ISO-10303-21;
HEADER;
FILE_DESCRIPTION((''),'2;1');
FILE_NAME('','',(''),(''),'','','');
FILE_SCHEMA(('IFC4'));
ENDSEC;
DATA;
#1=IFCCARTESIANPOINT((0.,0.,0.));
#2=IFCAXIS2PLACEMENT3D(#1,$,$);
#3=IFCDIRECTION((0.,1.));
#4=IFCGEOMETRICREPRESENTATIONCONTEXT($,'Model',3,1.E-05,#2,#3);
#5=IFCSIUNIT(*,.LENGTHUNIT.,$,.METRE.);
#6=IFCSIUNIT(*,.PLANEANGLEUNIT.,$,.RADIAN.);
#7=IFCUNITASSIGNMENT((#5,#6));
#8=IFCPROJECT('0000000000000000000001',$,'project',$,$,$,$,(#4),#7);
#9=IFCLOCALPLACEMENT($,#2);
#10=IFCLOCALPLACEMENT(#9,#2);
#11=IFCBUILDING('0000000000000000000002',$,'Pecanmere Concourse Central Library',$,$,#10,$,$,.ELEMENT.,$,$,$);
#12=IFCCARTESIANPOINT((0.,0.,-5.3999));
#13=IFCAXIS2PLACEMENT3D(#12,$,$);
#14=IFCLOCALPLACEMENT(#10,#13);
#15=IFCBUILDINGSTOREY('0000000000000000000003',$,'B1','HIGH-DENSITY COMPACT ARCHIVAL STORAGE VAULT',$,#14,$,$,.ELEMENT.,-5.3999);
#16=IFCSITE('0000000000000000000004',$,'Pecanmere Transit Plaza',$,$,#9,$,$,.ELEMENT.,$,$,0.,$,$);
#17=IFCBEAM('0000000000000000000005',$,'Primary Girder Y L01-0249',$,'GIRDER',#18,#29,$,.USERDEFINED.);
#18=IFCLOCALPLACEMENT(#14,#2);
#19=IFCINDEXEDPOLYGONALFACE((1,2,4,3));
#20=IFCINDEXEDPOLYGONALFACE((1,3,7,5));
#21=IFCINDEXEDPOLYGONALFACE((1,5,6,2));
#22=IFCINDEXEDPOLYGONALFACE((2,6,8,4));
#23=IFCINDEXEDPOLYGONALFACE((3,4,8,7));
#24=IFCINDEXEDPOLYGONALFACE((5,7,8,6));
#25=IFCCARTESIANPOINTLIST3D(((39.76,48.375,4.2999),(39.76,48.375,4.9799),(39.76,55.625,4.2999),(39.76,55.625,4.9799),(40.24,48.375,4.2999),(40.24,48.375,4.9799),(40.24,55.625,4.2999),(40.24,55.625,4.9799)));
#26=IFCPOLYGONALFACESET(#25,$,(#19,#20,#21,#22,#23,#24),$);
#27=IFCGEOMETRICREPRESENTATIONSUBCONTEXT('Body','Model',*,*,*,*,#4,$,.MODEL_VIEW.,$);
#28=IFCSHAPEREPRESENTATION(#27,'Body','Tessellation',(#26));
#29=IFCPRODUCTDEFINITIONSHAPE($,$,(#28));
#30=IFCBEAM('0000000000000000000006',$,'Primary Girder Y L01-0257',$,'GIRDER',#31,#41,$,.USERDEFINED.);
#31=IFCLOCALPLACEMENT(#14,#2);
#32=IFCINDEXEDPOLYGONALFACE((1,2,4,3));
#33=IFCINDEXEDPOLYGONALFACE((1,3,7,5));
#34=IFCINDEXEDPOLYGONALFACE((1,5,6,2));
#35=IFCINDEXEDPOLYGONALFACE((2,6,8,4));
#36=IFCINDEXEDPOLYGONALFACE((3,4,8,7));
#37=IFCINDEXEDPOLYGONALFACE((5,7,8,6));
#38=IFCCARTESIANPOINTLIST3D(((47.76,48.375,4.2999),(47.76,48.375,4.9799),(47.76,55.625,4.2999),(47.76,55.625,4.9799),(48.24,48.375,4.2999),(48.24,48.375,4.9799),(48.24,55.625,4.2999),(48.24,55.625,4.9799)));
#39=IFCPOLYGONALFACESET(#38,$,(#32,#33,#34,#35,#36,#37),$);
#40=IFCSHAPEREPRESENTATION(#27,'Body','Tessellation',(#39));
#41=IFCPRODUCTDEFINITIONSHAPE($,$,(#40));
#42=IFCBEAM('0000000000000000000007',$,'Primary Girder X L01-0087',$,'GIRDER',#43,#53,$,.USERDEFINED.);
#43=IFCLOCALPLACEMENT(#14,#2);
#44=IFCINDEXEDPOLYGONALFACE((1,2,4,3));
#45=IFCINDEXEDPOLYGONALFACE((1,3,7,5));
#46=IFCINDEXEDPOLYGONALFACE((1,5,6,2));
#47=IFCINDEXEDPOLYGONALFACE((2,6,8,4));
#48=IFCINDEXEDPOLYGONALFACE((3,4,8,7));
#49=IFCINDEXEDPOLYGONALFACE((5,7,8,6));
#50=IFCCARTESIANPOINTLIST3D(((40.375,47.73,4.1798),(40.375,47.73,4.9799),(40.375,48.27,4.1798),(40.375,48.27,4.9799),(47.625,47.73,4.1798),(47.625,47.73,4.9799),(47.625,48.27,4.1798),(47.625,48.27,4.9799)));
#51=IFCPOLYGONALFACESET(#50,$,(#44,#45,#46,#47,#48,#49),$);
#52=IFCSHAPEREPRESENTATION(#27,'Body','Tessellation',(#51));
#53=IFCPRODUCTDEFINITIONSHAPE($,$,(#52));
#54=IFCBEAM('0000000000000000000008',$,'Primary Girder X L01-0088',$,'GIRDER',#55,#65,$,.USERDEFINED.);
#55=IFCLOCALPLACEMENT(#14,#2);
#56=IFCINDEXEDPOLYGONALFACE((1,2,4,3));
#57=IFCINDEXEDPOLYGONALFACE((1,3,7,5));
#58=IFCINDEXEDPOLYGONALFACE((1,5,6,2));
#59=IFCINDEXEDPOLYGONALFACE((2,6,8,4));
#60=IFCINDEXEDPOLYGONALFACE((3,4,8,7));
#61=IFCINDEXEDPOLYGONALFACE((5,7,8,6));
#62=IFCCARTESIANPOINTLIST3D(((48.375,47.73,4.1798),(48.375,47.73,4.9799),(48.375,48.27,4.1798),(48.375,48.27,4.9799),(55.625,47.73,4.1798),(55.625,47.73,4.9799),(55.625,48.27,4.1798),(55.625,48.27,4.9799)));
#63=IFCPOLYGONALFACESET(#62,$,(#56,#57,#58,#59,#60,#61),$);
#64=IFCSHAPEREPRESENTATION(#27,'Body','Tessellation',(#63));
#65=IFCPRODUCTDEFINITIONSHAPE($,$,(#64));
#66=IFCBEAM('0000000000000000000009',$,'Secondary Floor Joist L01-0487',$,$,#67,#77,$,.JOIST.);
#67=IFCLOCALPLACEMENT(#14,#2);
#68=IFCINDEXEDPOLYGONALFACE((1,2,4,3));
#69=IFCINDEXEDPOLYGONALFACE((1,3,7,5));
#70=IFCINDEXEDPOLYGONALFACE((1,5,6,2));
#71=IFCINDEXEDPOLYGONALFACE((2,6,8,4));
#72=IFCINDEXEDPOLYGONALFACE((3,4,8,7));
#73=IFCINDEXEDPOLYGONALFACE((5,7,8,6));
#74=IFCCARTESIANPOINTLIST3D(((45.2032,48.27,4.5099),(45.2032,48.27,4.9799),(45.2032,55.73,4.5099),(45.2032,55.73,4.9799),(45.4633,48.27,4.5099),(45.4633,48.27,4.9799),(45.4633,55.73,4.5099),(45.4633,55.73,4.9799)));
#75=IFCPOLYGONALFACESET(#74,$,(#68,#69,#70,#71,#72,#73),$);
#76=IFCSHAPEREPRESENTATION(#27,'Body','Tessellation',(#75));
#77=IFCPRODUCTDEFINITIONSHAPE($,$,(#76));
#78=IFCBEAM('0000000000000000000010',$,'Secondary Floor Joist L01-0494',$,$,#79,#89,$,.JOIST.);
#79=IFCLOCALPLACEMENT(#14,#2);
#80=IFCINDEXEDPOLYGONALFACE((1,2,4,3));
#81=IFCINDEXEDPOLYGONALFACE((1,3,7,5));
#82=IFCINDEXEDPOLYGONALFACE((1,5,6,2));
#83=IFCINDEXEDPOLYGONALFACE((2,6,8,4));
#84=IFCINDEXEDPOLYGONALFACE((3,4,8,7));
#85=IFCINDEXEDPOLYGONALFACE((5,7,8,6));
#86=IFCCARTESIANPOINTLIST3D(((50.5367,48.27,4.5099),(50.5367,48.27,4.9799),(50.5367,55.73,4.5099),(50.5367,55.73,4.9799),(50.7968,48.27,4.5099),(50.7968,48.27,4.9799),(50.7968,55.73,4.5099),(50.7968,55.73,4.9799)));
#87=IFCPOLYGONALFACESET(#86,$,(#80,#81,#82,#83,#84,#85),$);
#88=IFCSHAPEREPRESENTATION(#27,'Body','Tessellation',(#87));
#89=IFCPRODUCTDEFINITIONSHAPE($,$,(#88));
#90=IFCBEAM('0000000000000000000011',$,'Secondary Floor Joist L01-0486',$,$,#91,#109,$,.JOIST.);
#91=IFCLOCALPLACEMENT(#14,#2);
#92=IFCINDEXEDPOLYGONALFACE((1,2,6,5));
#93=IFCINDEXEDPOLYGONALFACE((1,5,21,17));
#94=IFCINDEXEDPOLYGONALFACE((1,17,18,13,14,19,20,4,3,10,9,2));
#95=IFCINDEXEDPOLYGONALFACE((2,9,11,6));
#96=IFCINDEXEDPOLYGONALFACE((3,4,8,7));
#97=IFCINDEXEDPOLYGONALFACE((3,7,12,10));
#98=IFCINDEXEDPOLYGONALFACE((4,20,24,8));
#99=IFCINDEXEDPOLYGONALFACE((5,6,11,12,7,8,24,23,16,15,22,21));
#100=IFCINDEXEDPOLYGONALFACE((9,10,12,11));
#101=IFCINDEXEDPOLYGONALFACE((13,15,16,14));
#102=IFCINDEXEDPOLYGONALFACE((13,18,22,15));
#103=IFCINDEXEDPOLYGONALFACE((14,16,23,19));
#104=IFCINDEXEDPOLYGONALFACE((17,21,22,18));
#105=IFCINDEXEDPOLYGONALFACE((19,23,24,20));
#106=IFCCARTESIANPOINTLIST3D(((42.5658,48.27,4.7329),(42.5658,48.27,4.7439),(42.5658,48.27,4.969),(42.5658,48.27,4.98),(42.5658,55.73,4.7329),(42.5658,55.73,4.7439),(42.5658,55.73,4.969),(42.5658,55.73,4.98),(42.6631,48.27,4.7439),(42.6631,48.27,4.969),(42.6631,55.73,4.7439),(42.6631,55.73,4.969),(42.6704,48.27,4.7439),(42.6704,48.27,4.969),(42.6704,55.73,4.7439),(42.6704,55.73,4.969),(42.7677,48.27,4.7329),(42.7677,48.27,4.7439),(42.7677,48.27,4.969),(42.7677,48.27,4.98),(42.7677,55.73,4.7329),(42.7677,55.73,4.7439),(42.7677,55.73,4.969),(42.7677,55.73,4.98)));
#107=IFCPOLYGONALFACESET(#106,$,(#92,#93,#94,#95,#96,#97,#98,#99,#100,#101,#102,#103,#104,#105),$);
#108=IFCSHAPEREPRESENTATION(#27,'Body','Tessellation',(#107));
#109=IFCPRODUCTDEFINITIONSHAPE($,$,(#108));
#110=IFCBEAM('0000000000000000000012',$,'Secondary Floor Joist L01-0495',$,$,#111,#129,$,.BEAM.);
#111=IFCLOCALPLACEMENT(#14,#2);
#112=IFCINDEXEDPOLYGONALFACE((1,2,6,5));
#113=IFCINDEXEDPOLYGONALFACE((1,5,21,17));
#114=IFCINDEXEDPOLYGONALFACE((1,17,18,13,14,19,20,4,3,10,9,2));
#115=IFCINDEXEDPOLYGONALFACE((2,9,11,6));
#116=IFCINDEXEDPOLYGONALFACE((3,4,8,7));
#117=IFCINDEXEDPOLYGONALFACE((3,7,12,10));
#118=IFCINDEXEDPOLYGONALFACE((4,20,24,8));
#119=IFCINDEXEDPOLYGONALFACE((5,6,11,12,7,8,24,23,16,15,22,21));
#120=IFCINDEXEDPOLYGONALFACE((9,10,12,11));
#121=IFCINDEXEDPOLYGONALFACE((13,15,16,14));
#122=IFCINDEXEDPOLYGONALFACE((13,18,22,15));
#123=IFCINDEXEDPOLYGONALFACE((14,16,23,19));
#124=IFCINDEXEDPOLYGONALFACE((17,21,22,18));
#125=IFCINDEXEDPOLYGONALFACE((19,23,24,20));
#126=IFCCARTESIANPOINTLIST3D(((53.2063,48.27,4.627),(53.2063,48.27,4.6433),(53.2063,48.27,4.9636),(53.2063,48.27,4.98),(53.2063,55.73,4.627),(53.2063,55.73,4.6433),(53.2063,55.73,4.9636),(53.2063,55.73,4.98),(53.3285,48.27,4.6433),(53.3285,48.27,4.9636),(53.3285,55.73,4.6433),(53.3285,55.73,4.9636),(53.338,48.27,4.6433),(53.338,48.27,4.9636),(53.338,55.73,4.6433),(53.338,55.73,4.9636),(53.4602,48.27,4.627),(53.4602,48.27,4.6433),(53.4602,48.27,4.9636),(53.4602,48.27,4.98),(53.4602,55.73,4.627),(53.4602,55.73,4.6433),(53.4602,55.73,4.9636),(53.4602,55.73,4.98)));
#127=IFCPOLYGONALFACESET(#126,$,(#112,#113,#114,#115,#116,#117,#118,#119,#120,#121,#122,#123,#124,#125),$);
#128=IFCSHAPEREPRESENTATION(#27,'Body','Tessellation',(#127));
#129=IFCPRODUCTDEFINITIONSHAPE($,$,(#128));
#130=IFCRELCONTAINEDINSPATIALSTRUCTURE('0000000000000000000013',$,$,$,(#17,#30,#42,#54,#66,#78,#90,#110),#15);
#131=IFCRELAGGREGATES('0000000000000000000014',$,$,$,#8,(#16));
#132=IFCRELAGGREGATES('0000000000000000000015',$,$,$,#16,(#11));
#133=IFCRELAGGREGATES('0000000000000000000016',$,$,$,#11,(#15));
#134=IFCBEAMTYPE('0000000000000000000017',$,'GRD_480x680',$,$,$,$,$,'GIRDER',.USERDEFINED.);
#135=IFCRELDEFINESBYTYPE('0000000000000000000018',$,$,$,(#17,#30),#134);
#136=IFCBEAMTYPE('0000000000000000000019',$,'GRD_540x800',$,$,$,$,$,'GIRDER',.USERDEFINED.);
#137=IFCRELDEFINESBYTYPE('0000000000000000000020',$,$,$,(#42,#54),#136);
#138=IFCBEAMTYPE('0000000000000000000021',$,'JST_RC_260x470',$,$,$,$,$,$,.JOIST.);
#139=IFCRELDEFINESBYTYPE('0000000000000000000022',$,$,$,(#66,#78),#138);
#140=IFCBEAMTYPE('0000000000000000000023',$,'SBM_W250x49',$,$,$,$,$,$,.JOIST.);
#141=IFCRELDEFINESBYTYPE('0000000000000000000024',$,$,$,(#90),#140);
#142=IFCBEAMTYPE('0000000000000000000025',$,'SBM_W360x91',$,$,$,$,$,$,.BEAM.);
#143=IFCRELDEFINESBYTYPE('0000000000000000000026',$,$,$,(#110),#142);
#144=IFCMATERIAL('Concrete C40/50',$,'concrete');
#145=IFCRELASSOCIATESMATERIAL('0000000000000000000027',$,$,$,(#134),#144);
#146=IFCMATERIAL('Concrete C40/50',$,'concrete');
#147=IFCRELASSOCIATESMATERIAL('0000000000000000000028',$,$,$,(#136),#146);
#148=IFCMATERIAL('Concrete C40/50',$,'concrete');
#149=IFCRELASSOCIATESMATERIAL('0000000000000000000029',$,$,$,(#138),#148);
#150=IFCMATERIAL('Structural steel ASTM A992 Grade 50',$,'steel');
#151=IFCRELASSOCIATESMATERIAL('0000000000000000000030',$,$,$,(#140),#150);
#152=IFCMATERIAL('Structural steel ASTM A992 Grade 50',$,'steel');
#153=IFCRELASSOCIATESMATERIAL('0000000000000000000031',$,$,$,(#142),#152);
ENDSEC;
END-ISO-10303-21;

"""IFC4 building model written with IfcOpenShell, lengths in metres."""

from ifc_helpers import new_model, si_unit, direction, frame, origin, origin_2d, place, context, subcontext, project, spatial, rectangle, i_section, extrude, material, material_profile, profile_set, type_object, element, save


model = new_model("IFC4")

# Units and contexts
model_context = context("Model", 3, precision=1e-05, world=origin(), true_north=direction((0.0, 1.0)))
body_context = subcontext(model_context, "Body", "Model", "MODEL_VIEW")
ifc_project = project(units=[si_unit("LENGTHUNIT", "METRE"), si_unit("PLANEANGLEUNIT", "RADIAN")], contexts=[model_context])

# Site, building, storey
site_placement = place(None, origin())
site = spatial("IfcSite", under=ifc_project, at=site_placement, Name="Pecanmere Transit Plaza", CompositionType="ELEMENT", RefElevation=0.0)
building_placement = place(site_placement, origin())
building = spatial("IfcBuilding", under=site, at=building_placement, Name="Pecanmere Concourse Central Library", CompositionType="ELEMENT")
storey_placement = place(building_placement, frame((0.0, 0.0, -5.3999)))
storey = spatial("IfcBuildingStorey", under=building, at=storey_placement, Name="B1", Description="HIGH-DENSITY COMPACT ARCHIVAL STORAGE VAULT", CompositionType="ELEMENT", Elevation=-5.3999)

# Beams
ifc_material_1 = material(Name="Concrete C40/50", Category="concrete")
ifc_material_profile_1 = material_profile(ifc_material_1, rectangle(XDim=0.48, YDim=0.6799, at=origin_2d()), Name="RC 480x680")
ifc_profile_set_1 = profile_set([ifc_material_profile_1], Name="Concrete C40/50")
beam_type_1 = type_object("IfcBeamType", Name="GRD_480x680", ElementType="GIRDER", PredefinedType="USERDEFINED", material=ifc_profile_set_1)
for number, where, z_axis, x_axis, name in (
    (1, (40.0, 48.375, 4.6399), (0.0, 1.0, 0.0), (-1.0, 0.0, 0.0), "Primary Girder Y L01-0249"),
    (2, (48.0, 48.375, 4.6399), (0.0, 1.0, 0.0), (-1.0, 0.0, 0.0), "Primary Girder Y L01-0257"),
):
    element("IfcBeam", number, at=place(storey_placement, frame(where, z_axis=z_axis, x_axis=x_axis)), inside=storey, type_object=beam_type_1, Name=name, ObjectType="GIRDER", PredefinedType="USERDEFINED", context=body_context, shape_type="SweptSolid", body=[
        extrude(rectangle(XDim=0.48, YDim=0.6799, at=origin_2d()), origin(), (0.0, 0.0, 1.0), 7.25),
    ])
ifc_material_2 = material(Name="Concrete C40/50", Category="concrete")
ifc_material_profile_2 = material_profile(ifc_material_2, rectangle(XDim=0.54, YDim=0.8, at=origin_2d()), Name="RC 540x800")
ifc_profile_set_2 = profile_set([ifc_material_profile_2], Name="Concrete C40/50")
beam_type_2 = type_object("IfcBeamType", Name="GRD_540x800", ElementType="GIRDER", PredefinedType="USERDEFINED", material=ifc_profile_set_2)
for number, where, z_axis, x_axis, name in (
    (3, (40.375, 48.0, 4.5798), (1.0, 0.0, 0.0), (0.0, 1.0, 0.0), "Primary Girder X L01-0087"),
    (4, (48.375, 48.0, 4.5798), (1.0, 0.0, 0.0), (0.0, 1.0, 0.0), "Primary Girder X L01-0088"),
):
    element("IfcBeam", number, at=place(storey_placement, frame(where, z_axis=z_axis, x_axis=x_axis)), inside=storey, type_object=beam_type_2, Name=name, ObjectType="GIRDER", PredefinedType="USERDEFINED", context=body_context, shape_type="SweptSolid", body=[
        extrude(rectangle(XDim=0.54, YDim=0.8, at=origin_2d()), origin(), (0.0, 0.0, 1.0), 7.25),
    ])
ifc_material_3 = material(Name="Concrete C40/50", Category="concrete")
ifc_material_profile_3 = material_profile(ifc_material_3, rectangle(XDim=0.26, YDim=0.47, at=origin_2d()), Name="RC 260x470")
ifc_profile_set_3 = profile_set([ifc_material_profile_3], Name="Concrete C40/50")
beam_type_3 = type_object("IfcBeamType", Name="JST_RC_260x470", PredefinedType="JOIST", material=ifc_profile_set_3)
for number, where, z_axis, x_axis, name in (
    (5, (45.3333, 48.27, 4.7449), (0.0, 1.0, 0.0), (-1.0, 0.0, 0.0), "Secondary Floor Joist L01-0487"),
    (6, (50.6667, 48.27, 4.7449), (0.0, 1.0, 0.0), (-1.0, 0.0, 0.0), "Secondary Floor Joist L01-0494"),
):
    element("IfcBeam", number, at=place(storey_placement, frame(where, z_axis=z_axis, x_axis=x_axis)), inside=storey, type_object=beam_type_3, Name=name, PredefinedType="JOIST", context=body_context, shape_type="SweptSolid", body=[
        extrude(rectangle(XDim=0.26, YDim=0.47, at=origin_2d()), origin(), (0.0, 0.0, 1.0), 7.46),
    ])
ifc_material_4 = material(Name="Structural steel ASTM A992 Grade 50", Category="steel")
ifc_material_profile_4 = material_profile(ifc_material_4, i_section(OverallWidth=0.2019, OverallDepth=0.2471, WebThickness=0.0073, FlangeThickness=0.011, at=origin_2d()), Name="W250x49.1")
ifc_profile_set_4 = profile_set([ifc_material_profile_4], Name="Structural steel ASTM A992 Grade 50")
beam_type_4 = type_object("IfcBeamType", Name="SBM_W250x49", PredefinedType="JOIST", material=ifc_profile_set_4)
beam_1_placement = place(storey_placement, frame((42.6667, 48.27, 4.8564), z_axis=(0.0, 1.0, 0.0), x_axis=(-1.0, 0.0, 0.0)))
element("IfcBeam", 7, at=beam_1_placement, inside=storey, type_object=beam_type_4, Name="Secondary Floor Joist L01-0486", PredefinedType="JOIST", context=body_context, shape_type="SweptSolid", body=[
    extrude(i_section(OverallWidth=0.2019, OverallDepth=0.2471, WebThickness=0.0073, FlangeThickness=0.011, at=origin_2d()), origin(), (0.0, 0.0, 1.0), 7.46),
])
ifc_material_5 = material(Name="Structural steel ASTM A992 Grade 50", Category="steel")
ifc_material_profile_5 = material_profile(ifc_material_5, i_section(OverallWidth=0.2539, OverallDepth=0.353, WebThickness=0.0095, FlangeThickness=0.0164, at=origin_2d()), Name="W360x91")
ifc_profile_set_5 = profile_set([ifc_material_profile_5], Name="Structural steel ASTM A992 Grade 50")
beam_type_5 = type_object("IfcBeamType", Name="SBM_W360x91", PredefinedType="BEAM", material=ifc_profile_set_5)
beam_2_placement = place(storey_placement, frame((53.3333, 48.27, 4.8035), z_axis=(0.0, 1.0, 0.0), x_axis=(-1.0, 0.0, 0.0)))
element("IfcBeam", 8, at=beam_2_placement, inside=storey, type_object=beam_type_5, Name="Secondary Floor Joist L01-0495", PredefinedType="BEAM", context=body_context, shape_type="SweptSolid", body=[
    extrude(i_section(OverallWidth=0.2539, OverallDepth=0.353, WebThickness=0.0095, FlangeThickness=0.0164, at=origin_2d()), origin(), (0.0, 0.0, 1.0), 7.46),
])

save(model, "model.ifc")
